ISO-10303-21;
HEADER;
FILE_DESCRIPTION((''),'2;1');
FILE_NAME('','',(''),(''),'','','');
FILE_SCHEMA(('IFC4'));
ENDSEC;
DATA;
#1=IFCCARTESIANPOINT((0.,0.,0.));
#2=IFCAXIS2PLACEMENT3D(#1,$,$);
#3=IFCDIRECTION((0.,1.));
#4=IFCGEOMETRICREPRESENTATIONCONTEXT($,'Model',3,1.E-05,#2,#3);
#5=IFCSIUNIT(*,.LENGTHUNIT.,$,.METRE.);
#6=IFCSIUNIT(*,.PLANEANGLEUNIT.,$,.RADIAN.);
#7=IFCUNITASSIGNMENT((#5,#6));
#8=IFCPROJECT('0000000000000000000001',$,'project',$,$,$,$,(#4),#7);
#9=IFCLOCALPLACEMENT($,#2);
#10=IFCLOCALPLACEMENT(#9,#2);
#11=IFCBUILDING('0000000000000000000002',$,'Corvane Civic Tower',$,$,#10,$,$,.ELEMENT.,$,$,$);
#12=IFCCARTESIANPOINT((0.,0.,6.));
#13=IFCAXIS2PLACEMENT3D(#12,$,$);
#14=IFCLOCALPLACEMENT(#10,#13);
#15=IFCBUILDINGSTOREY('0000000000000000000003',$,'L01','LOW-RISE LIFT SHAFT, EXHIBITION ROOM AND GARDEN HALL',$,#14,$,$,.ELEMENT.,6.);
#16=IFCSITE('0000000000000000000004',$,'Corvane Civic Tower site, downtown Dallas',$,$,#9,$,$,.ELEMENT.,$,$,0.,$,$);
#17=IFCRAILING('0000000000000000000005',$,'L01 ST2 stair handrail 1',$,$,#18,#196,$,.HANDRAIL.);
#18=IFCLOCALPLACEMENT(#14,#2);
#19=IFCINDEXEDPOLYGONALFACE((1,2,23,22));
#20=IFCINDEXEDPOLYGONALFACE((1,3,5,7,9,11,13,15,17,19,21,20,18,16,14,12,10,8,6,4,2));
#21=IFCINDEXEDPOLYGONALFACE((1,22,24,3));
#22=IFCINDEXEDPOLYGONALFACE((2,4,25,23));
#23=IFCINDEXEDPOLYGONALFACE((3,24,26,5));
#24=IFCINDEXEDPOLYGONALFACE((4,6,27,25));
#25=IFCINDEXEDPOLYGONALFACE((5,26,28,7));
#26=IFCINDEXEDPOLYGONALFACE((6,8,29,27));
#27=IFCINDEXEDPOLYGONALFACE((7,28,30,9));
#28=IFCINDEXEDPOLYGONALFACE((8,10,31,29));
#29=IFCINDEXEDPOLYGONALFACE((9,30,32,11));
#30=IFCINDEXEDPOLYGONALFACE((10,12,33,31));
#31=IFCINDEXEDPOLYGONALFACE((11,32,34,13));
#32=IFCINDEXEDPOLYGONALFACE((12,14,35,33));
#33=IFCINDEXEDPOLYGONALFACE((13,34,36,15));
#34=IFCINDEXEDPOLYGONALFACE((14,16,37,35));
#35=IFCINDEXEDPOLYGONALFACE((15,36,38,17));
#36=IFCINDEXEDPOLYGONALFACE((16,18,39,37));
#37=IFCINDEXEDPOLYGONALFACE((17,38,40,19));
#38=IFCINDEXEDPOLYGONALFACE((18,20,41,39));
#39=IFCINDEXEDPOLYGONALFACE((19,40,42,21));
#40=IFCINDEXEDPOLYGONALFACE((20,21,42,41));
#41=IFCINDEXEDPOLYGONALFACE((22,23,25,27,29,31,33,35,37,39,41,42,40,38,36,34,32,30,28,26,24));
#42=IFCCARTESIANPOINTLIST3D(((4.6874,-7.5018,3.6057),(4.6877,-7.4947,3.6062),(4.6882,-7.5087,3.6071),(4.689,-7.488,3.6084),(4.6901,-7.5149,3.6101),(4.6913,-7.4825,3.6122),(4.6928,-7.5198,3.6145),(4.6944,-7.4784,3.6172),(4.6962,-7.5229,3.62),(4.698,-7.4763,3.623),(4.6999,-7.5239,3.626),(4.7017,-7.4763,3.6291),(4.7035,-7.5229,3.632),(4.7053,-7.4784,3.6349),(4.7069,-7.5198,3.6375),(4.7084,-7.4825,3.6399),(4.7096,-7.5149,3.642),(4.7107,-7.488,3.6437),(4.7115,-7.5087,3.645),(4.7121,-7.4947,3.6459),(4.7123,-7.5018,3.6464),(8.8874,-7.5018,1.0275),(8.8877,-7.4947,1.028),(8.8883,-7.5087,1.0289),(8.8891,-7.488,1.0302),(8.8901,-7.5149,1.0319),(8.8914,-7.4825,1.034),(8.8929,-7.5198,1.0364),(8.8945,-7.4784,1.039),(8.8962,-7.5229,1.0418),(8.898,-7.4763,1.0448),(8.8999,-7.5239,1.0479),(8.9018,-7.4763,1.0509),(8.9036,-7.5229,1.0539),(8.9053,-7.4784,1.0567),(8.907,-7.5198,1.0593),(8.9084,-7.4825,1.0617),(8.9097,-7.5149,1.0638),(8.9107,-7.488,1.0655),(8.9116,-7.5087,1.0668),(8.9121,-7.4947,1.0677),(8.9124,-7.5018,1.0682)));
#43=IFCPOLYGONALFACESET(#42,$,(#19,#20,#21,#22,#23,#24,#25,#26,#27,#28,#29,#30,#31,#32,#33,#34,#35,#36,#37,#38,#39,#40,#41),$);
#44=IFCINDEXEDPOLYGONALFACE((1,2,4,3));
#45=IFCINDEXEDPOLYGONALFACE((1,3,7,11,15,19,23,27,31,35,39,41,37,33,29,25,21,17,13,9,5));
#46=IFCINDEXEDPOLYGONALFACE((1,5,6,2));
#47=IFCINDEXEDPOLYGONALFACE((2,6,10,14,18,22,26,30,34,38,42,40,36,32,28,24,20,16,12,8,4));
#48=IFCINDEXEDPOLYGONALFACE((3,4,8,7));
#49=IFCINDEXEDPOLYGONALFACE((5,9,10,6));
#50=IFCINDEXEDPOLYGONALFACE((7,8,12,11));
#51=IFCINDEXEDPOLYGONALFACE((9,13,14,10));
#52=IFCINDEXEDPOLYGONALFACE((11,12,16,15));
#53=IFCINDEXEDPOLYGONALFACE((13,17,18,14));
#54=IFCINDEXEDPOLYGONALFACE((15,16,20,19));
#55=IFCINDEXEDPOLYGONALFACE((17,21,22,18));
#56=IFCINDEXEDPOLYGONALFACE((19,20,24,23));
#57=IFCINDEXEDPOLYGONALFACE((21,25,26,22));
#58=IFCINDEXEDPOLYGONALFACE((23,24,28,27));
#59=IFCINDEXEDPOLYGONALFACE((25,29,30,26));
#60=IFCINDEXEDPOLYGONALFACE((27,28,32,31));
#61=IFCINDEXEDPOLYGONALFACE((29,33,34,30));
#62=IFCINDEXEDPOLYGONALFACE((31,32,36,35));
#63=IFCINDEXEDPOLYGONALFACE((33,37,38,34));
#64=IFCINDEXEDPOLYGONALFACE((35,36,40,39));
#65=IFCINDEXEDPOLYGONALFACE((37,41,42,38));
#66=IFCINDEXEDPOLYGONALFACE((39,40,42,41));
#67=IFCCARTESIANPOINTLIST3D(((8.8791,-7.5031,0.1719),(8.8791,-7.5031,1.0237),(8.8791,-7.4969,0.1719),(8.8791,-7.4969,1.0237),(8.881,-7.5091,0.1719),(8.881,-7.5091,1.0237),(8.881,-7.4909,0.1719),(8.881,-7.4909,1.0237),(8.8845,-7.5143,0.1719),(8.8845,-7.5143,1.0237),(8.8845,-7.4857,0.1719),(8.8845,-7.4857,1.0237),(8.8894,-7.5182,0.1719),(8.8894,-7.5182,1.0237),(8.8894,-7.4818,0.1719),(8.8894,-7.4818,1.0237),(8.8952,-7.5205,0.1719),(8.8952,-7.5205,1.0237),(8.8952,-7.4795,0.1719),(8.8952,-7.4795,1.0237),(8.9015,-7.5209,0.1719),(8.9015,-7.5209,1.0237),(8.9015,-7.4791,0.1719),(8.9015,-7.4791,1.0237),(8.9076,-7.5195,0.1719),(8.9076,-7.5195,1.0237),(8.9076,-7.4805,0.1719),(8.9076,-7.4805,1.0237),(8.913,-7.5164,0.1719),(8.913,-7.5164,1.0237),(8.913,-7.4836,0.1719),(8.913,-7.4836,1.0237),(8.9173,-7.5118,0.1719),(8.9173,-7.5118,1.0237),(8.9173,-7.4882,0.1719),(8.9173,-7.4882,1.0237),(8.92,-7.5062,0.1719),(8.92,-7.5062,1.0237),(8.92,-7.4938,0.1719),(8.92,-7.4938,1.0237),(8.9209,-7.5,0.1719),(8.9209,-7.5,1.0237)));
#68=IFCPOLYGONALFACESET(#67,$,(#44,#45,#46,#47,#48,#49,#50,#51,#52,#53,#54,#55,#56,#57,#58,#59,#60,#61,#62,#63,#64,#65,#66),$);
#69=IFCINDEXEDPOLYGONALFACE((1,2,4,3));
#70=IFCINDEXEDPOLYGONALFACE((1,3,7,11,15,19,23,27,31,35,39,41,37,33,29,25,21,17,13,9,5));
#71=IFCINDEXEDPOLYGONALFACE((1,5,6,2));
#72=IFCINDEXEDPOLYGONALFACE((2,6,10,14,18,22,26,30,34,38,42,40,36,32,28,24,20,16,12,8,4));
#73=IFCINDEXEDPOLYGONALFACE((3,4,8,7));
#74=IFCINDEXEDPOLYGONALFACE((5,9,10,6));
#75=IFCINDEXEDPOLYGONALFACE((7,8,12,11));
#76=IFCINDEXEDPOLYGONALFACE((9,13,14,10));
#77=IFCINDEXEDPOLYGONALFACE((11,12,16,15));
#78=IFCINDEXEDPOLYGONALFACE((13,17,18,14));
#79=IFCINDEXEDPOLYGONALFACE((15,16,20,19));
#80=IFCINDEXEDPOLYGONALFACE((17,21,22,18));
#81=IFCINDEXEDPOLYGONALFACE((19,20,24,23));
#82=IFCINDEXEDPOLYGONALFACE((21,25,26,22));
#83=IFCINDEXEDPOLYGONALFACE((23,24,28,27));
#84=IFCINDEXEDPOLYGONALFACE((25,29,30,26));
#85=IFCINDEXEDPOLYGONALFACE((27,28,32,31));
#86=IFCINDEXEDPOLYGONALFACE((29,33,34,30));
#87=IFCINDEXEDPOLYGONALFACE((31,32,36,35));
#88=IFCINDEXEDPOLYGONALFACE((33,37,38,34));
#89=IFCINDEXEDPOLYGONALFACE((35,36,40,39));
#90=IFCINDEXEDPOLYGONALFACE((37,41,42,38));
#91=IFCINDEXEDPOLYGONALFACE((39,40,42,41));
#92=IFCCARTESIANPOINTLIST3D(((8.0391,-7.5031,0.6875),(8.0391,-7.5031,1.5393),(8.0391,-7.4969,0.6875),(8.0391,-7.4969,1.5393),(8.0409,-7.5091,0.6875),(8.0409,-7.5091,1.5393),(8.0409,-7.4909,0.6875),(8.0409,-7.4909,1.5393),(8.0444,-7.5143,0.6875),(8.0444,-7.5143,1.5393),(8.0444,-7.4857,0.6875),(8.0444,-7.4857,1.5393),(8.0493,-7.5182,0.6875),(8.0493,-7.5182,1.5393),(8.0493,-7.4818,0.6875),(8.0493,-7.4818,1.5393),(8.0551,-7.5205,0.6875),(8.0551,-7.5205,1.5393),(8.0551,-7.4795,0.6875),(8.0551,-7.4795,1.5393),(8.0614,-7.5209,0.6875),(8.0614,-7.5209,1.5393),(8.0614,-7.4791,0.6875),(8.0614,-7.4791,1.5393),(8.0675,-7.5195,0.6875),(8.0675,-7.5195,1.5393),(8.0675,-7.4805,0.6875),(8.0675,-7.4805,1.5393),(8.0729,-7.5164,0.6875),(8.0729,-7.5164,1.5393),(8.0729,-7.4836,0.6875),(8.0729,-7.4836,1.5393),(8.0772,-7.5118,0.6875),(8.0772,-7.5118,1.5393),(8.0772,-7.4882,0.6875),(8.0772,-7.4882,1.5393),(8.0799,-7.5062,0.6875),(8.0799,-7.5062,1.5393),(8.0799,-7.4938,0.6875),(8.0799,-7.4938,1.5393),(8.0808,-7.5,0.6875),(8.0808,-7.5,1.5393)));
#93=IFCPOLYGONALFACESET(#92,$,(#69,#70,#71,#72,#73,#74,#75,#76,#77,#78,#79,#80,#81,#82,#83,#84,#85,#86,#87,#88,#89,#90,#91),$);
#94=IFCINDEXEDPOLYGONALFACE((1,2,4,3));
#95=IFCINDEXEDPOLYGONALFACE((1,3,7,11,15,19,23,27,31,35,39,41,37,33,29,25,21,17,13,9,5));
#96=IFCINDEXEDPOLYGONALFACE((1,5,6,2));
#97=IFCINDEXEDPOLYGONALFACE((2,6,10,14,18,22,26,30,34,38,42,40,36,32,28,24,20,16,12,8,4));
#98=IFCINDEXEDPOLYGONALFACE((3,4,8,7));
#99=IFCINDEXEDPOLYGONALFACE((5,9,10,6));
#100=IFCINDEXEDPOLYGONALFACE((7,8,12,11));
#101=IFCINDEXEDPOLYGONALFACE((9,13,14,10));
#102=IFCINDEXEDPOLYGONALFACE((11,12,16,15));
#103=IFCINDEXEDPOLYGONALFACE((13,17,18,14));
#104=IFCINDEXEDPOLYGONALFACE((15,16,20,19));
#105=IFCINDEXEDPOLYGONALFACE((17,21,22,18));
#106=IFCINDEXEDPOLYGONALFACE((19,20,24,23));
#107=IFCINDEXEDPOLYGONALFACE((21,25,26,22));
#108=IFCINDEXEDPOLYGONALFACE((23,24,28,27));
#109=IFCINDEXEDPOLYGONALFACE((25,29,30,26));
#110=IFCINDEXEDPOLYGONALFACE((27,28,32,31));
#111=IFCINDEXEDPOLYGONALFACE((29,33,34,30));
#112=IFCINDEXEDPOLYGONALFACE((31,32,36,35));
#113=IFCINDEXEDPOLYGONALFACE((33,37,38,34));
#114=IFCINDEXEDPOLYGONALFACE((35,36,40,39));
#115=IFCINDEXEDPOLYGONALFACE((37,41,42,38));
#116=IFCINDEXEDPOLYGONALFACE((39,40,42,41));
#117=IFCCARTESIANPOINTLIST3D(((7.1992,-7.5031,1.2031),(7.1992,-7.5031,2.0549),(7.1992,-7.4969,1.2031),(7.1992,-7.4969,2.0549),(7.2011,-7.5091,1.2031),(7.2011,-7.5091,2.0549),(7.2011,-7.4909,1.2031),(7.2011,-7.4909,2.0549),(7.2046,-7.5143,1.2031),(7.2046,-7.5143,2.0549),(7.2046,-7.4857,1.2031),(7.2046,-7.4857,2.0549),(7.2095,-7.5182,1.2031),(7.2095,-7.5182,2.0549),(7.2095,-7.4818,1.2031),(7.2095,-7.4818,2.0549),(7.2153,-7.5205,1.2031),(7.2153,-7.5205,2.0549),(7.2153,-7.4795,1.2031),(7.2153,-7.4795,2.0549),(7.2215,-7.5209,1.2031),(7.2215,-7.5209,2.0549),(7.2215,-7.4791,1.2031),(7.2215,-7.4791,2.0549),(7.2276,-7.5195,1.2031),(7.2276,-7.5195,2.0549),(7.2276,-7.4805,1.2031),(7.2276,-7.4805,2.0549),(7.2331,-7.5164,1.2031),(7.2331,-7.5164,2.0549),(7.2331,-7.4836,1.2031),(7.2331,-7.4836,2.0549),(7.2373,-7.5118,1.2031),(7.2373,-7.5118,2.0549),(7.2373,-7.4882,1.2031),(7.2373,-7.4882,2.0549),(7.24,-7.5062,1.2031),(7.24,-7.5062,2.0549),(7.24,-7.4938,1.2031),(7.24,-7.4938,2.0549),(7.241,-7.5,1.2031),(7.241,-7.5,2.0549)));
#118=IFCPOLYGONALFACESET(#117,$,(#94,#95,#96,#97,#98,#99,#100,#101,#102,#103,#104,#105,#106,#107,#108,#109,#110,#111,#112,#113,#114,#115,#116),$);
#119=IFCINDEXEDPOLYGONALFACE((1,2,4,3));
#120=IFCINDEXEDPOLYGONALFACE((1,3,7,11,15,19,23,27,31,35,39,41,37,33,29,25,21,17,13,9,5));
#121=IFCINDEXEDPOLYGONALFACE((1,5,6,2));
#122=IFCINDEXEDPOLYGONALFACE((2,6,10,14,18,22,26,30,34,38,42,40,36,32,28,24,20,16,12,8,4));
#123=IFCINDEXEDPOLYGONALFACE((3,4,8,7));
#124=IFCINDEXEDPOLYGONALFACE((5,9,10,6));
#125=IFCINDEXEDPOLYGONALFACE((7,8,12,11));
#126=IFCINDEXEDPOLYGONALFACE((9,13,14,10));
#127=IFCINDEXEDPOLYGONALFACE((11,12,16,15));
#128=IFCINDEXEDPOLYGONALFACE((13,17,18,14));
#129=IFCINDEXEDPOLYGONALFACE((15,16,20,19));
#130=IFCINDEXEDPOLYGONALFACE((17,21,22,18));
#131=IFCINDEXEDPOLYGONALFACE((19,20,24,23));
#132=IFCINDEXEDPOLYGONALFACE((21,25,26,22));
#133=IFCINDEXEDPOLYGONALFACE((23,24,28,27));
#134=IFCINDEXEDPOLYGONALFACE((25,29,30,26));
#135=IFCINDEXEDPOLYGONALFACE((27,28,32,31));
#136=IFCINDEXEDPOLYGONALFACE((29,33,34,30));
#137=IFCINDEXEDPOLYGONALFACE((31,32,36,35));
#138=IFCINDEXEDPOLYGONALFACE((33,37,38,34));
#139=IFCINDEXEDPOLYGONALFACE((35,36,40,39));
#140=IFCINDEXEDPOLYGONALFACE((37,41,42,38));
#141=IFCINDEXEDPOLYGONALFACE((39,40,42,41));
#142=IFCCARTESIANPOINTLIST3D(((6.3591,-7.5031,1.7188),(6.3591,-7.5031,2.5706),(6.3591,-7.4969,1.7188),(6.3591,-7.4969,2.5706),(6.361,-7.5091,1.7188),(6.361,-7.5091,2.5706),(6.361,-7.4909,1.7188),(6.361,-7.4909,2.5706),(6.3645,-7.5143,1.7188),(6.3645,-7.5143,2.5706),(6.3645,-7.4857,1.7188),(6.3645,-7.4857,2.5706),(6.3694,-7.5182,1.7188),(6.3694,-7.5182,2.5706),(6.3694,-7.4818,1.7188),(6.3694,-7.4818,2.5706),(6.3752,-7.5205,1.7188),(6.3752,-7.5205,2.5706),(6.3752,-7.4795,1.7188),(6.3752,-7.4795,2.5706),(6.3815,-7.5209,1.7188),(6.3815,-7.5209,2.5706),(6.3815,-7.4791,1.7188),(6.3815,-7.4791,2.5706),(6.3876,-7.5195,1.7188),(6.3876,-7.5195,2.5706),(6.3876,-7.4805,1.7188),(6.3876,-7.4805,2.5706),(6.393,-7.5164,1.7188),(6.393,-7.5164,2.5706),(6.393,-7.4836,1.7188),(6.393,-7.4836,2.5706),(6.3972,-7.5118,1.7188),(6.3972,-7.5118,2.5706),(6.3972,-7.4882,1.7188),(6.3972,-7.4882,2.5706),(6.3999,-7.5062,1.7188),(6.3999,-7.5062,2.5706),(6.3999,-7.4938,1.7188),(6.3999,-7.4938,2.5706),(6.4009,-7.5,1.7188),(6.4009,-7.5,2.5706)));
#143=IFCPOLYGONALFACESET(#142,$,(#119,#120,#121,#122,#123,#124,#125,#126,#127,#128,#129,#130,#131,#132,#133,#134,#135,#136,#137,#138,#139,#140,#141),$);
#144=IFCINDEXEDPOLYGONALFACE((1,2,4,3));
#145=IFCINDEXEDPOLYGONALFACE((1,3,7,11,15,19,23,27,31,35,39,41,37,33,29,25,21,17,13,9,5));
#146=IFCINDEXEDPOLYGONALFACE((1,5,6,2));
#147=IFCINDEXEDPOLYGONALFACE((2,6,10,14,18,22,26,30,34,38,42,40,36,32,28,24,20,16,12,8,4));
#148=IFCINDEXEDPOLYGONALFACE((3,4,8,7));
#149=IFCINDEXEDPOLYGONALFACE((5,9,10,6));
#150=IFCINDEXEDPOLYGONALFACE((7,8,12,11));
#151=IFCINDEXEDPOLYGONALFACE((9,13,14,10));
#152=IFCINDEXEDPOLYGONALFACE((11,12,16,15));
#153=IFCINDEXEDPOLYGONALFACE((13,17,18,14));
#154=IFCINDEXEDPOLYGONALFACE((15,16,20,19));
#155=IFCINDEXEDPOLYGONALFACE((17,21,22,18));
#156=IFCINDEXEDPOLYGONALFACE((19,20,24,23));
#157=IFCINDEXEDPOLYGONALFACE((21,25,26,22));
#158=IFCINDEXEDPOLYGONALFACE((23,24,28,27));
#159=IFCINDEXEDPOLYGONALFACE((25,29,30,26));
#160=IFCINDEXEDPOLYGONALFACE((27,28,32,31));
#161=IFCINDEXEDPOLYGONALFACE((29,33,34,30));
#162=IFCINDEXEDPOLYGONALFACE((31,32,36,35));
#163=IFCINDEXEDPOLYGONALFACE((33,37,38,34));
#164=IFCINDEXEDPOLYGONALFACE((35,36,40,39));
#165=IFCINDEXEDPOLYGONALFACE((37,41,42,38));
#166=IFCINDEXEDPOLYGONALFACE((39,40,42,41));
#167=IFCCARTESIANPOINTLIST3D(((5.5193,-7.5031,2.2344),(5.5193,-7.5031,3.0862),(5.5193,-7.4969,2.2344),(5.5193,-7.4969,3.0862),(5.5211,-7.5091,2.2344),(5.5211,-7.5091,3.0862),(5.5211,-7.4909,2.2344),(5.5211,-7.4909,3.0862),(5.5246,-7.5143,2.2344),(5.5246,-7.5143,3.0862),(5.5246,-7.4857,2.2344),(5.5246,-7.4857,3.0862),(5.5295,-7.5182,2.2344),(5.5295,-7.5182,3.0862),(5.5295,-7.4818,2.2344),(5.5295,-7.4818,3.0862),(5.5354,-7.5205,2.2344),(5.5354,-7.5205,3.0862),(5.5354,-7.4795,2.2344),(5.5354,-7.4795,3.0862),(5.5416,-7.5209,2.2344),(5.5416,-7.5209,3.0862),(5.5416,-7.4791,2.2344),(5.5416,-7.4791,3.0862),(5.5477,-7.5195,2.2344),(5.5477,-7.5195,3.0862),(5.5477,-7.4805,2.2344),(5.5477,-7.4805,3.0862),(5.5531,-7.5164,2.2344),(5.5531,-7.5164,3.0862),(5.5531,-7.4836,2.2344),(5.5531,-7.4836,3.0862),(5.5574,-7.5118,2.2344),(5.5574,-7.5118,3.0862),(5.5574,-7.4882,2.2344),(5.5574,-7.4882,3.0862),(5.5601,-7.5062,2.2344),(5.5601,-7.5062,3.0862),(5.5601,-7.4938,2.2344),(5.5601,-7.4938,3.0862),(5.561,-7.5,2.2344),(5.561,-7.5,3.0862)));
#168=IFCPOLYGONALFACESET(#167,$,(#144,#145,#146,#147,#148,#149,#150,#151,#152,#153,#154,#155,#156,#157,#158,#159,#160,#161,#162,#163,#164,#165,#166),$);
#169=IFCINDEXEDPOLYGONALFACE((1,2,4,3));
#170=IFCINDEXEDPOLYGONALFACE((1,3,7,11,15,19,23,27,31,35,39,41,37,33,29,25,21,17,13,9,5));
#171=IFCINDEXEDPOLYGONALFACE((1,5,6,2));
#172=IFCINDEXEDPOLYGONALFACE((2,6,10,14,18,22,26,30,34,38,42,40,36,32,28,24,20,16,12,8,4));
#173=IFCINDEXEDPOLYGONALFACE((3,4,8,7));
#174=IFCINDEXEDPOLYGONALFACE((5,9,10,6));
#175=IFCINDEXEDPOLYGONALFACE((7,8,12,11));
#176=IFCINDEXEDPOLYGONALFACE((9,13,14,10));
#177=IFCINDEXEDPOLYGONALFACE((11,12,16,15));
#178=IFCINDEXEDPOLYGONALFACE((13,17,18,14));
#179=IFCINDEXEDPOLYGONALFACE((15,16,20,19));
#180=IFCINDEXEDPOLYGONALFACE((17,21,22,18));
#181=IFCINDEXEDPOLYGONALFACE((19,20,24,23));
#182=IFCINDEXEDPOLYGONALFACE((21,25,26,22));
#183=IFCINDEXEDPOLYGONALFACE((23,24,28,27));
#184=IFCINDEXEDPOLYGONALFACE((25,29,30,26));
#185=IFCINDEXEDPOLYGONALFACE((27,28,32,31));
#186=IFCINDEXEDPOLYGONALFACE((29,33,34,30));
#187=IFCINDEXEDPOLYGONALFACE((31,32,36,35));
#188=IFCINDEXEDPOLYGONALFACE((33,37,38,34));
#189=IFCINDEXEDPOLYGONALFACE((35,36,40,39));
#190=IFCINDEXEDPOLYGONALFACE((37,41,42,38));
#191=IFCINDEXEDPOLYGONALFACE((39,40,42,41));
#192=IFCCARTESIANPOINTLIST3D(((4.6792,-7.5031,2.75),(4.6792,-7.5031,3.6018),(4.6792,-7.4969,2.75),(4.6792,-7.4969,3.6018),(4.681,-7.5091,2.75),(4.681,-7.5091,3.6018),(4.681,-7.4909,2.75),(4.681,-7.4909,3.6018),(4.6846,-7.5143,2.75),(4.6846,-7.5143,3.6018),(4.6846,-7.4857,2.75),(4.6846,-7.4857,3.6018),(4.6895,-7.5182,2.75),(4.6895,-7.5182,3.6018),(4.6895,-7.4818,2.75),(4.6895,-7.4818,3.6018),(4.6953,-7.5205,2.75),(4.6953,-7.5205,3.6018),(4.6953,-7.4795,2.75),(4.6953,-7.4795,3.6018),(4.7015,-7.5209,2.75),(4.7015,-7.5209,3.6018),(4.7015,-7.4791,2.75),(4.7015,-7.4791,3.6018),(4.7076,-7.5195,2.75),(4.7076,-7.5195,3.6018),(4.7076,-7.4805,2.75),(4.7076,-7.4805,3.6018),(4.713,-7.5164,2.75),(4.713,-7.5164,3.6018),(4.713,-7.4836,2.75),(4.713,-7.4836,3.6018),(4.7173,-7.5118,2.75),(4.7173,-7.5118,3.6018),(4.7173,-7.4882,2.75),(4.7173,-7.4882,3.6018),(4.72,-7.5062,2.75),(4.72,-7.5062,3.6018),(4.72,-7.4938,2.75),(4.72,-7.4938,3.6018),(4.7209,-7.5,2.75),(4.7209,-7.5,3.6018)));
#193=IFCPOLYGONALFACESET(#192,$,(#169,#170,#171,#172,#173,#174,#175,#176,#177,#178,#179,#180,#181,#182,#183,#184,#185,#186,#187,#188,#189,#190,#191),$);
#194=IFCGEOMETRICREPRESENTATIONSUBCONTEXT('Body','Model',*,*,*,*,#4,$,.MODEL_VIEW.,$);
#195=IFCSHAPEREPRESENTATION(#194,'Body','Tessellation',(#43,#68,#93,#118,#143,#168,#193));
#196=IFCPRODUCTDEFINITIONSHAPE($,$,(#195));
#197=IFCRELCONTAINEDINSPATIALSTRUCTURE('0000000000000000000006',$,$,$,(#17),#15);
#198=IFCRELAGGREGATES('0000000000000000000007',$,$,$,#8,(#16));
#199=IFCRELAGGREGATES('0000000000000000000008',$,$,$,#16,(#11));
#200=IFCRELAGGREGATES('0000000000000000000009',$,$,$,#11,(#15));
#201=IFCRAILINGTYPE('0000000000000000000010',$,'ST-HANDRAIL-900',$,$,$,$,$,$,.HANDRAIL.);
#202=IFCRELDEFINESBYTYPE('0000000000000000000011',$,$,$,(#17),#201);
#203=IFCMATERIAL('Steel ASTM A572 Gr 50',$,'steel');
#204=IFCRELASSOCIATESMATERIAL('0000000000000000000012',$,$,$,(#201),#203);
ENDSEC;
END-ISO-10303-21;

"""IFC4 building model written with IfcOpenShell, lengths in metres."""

from ifc_helpers import new_model, si_unit, direction, frame, origin, origin_2d, place, context, subcontext, project, spatial, circle, extrude, material, type_object, element, save


model = new_model("IFC4")

# Units and contexts
model_context = context("Model", 3, precision=1e-05, world=origin(), true_north=direction((0.0, 1.0)))
body_context = subcontext(model_context, "Body", "Model", "MODEL_VIEW")
ifc_project = project(units=[si_unit("LENGTHUNIT", "METRE"), si_unit("PLANEANGLEUNIT", "RADIAN")], contexts=[model_context])

# Site, building, storey
site_placement = place(None, origin())
site = spatial("IfcSite", under=ifc_project, at=site_placement, Name="Corvane Civic Tower site, downtown Dallas", CompositionType="ELEMENT", RefElevation=0.0)
building_placement = place(site_placement, origin())
building = spatial("IfcBuilding", under=site, at=building_placement, Name="Corvane Civic Tower", CompositionType="ELEMENT")
storey_placement = place(building_placement, frame((0.0, 0.0, 6.0)))
storey = spatial("IfcBuildingStorey", under=building, at=storey_placement, Name="L01", Description="LOW-RISE LIFT SHAFT, EXHIBITION ROOM AND GARDEN HALL", CompositionType="ELEMENT", Elevation=6.0)

# Railing
ifc_material_1 = material(Name="Steel ASTM A572 Gr 50", Category="steel")
railing_type = type_object("IfcRailingType", Name="ST-HANDRAIL-900", PredefinedType="HANDRAIL", material=ifc_material_1)
railing_placement = place(storey_placement, frame((8.8999, -7.5, 0.1719)))
element("IfcRailing", 1, at=railing_placement, inside=storey, type_object=railing_type, Name="L01 ST2 stair handrail 1", PredefinedType="HANDRAIL", context=body_context, shape_type="SweptSolid", body=[
    extrude(circle(Radius=0.0239, at=origin_2d()), frame((0.0, 0.0, 0.876), z_axis=(-0.852243, 0.0, 0.523146), x_axis=(0.0, -1.0, 0.0)), (0.0, 0.0, 1.0), 4.9282),
    extrude(circle(Radius=0.021, at=origin_2d()), origin(), (0.0, 0.0, 1.0), 0.8518),
    extrude(circle(Radius=0.021, at=origin_2d()), frame((-0.8401, 0.0, 0.5156)), (0.0, 0.0, 1.0), 0.8518),
    extrude(circle(Radius=0.021, at=origin_2d()), frame((-1.6799, 0.0, 1.0312)), (0.0, 0.0, 1.0), 0.8518),
    extrude(circle(Radius=0.021, at=origin_2d()), frame((-2.52, 0.0, 1.5469)), (0.0, 0.0, 1.0), 0.8518),
    extrude(circle(Radius=0.021, at=origin_2d()), frame((-3.3599, 0.0, 2.0625)), (0.0, 0.0, 1.0), 0.8518),
    extrude(circle(Radius=0.021, at=origin_2d()), frame((-4.2, 0.0, 2.5781)), (0.0, 0.0, 1.0), 0.8518),
])

save(model, "model.ifc")
